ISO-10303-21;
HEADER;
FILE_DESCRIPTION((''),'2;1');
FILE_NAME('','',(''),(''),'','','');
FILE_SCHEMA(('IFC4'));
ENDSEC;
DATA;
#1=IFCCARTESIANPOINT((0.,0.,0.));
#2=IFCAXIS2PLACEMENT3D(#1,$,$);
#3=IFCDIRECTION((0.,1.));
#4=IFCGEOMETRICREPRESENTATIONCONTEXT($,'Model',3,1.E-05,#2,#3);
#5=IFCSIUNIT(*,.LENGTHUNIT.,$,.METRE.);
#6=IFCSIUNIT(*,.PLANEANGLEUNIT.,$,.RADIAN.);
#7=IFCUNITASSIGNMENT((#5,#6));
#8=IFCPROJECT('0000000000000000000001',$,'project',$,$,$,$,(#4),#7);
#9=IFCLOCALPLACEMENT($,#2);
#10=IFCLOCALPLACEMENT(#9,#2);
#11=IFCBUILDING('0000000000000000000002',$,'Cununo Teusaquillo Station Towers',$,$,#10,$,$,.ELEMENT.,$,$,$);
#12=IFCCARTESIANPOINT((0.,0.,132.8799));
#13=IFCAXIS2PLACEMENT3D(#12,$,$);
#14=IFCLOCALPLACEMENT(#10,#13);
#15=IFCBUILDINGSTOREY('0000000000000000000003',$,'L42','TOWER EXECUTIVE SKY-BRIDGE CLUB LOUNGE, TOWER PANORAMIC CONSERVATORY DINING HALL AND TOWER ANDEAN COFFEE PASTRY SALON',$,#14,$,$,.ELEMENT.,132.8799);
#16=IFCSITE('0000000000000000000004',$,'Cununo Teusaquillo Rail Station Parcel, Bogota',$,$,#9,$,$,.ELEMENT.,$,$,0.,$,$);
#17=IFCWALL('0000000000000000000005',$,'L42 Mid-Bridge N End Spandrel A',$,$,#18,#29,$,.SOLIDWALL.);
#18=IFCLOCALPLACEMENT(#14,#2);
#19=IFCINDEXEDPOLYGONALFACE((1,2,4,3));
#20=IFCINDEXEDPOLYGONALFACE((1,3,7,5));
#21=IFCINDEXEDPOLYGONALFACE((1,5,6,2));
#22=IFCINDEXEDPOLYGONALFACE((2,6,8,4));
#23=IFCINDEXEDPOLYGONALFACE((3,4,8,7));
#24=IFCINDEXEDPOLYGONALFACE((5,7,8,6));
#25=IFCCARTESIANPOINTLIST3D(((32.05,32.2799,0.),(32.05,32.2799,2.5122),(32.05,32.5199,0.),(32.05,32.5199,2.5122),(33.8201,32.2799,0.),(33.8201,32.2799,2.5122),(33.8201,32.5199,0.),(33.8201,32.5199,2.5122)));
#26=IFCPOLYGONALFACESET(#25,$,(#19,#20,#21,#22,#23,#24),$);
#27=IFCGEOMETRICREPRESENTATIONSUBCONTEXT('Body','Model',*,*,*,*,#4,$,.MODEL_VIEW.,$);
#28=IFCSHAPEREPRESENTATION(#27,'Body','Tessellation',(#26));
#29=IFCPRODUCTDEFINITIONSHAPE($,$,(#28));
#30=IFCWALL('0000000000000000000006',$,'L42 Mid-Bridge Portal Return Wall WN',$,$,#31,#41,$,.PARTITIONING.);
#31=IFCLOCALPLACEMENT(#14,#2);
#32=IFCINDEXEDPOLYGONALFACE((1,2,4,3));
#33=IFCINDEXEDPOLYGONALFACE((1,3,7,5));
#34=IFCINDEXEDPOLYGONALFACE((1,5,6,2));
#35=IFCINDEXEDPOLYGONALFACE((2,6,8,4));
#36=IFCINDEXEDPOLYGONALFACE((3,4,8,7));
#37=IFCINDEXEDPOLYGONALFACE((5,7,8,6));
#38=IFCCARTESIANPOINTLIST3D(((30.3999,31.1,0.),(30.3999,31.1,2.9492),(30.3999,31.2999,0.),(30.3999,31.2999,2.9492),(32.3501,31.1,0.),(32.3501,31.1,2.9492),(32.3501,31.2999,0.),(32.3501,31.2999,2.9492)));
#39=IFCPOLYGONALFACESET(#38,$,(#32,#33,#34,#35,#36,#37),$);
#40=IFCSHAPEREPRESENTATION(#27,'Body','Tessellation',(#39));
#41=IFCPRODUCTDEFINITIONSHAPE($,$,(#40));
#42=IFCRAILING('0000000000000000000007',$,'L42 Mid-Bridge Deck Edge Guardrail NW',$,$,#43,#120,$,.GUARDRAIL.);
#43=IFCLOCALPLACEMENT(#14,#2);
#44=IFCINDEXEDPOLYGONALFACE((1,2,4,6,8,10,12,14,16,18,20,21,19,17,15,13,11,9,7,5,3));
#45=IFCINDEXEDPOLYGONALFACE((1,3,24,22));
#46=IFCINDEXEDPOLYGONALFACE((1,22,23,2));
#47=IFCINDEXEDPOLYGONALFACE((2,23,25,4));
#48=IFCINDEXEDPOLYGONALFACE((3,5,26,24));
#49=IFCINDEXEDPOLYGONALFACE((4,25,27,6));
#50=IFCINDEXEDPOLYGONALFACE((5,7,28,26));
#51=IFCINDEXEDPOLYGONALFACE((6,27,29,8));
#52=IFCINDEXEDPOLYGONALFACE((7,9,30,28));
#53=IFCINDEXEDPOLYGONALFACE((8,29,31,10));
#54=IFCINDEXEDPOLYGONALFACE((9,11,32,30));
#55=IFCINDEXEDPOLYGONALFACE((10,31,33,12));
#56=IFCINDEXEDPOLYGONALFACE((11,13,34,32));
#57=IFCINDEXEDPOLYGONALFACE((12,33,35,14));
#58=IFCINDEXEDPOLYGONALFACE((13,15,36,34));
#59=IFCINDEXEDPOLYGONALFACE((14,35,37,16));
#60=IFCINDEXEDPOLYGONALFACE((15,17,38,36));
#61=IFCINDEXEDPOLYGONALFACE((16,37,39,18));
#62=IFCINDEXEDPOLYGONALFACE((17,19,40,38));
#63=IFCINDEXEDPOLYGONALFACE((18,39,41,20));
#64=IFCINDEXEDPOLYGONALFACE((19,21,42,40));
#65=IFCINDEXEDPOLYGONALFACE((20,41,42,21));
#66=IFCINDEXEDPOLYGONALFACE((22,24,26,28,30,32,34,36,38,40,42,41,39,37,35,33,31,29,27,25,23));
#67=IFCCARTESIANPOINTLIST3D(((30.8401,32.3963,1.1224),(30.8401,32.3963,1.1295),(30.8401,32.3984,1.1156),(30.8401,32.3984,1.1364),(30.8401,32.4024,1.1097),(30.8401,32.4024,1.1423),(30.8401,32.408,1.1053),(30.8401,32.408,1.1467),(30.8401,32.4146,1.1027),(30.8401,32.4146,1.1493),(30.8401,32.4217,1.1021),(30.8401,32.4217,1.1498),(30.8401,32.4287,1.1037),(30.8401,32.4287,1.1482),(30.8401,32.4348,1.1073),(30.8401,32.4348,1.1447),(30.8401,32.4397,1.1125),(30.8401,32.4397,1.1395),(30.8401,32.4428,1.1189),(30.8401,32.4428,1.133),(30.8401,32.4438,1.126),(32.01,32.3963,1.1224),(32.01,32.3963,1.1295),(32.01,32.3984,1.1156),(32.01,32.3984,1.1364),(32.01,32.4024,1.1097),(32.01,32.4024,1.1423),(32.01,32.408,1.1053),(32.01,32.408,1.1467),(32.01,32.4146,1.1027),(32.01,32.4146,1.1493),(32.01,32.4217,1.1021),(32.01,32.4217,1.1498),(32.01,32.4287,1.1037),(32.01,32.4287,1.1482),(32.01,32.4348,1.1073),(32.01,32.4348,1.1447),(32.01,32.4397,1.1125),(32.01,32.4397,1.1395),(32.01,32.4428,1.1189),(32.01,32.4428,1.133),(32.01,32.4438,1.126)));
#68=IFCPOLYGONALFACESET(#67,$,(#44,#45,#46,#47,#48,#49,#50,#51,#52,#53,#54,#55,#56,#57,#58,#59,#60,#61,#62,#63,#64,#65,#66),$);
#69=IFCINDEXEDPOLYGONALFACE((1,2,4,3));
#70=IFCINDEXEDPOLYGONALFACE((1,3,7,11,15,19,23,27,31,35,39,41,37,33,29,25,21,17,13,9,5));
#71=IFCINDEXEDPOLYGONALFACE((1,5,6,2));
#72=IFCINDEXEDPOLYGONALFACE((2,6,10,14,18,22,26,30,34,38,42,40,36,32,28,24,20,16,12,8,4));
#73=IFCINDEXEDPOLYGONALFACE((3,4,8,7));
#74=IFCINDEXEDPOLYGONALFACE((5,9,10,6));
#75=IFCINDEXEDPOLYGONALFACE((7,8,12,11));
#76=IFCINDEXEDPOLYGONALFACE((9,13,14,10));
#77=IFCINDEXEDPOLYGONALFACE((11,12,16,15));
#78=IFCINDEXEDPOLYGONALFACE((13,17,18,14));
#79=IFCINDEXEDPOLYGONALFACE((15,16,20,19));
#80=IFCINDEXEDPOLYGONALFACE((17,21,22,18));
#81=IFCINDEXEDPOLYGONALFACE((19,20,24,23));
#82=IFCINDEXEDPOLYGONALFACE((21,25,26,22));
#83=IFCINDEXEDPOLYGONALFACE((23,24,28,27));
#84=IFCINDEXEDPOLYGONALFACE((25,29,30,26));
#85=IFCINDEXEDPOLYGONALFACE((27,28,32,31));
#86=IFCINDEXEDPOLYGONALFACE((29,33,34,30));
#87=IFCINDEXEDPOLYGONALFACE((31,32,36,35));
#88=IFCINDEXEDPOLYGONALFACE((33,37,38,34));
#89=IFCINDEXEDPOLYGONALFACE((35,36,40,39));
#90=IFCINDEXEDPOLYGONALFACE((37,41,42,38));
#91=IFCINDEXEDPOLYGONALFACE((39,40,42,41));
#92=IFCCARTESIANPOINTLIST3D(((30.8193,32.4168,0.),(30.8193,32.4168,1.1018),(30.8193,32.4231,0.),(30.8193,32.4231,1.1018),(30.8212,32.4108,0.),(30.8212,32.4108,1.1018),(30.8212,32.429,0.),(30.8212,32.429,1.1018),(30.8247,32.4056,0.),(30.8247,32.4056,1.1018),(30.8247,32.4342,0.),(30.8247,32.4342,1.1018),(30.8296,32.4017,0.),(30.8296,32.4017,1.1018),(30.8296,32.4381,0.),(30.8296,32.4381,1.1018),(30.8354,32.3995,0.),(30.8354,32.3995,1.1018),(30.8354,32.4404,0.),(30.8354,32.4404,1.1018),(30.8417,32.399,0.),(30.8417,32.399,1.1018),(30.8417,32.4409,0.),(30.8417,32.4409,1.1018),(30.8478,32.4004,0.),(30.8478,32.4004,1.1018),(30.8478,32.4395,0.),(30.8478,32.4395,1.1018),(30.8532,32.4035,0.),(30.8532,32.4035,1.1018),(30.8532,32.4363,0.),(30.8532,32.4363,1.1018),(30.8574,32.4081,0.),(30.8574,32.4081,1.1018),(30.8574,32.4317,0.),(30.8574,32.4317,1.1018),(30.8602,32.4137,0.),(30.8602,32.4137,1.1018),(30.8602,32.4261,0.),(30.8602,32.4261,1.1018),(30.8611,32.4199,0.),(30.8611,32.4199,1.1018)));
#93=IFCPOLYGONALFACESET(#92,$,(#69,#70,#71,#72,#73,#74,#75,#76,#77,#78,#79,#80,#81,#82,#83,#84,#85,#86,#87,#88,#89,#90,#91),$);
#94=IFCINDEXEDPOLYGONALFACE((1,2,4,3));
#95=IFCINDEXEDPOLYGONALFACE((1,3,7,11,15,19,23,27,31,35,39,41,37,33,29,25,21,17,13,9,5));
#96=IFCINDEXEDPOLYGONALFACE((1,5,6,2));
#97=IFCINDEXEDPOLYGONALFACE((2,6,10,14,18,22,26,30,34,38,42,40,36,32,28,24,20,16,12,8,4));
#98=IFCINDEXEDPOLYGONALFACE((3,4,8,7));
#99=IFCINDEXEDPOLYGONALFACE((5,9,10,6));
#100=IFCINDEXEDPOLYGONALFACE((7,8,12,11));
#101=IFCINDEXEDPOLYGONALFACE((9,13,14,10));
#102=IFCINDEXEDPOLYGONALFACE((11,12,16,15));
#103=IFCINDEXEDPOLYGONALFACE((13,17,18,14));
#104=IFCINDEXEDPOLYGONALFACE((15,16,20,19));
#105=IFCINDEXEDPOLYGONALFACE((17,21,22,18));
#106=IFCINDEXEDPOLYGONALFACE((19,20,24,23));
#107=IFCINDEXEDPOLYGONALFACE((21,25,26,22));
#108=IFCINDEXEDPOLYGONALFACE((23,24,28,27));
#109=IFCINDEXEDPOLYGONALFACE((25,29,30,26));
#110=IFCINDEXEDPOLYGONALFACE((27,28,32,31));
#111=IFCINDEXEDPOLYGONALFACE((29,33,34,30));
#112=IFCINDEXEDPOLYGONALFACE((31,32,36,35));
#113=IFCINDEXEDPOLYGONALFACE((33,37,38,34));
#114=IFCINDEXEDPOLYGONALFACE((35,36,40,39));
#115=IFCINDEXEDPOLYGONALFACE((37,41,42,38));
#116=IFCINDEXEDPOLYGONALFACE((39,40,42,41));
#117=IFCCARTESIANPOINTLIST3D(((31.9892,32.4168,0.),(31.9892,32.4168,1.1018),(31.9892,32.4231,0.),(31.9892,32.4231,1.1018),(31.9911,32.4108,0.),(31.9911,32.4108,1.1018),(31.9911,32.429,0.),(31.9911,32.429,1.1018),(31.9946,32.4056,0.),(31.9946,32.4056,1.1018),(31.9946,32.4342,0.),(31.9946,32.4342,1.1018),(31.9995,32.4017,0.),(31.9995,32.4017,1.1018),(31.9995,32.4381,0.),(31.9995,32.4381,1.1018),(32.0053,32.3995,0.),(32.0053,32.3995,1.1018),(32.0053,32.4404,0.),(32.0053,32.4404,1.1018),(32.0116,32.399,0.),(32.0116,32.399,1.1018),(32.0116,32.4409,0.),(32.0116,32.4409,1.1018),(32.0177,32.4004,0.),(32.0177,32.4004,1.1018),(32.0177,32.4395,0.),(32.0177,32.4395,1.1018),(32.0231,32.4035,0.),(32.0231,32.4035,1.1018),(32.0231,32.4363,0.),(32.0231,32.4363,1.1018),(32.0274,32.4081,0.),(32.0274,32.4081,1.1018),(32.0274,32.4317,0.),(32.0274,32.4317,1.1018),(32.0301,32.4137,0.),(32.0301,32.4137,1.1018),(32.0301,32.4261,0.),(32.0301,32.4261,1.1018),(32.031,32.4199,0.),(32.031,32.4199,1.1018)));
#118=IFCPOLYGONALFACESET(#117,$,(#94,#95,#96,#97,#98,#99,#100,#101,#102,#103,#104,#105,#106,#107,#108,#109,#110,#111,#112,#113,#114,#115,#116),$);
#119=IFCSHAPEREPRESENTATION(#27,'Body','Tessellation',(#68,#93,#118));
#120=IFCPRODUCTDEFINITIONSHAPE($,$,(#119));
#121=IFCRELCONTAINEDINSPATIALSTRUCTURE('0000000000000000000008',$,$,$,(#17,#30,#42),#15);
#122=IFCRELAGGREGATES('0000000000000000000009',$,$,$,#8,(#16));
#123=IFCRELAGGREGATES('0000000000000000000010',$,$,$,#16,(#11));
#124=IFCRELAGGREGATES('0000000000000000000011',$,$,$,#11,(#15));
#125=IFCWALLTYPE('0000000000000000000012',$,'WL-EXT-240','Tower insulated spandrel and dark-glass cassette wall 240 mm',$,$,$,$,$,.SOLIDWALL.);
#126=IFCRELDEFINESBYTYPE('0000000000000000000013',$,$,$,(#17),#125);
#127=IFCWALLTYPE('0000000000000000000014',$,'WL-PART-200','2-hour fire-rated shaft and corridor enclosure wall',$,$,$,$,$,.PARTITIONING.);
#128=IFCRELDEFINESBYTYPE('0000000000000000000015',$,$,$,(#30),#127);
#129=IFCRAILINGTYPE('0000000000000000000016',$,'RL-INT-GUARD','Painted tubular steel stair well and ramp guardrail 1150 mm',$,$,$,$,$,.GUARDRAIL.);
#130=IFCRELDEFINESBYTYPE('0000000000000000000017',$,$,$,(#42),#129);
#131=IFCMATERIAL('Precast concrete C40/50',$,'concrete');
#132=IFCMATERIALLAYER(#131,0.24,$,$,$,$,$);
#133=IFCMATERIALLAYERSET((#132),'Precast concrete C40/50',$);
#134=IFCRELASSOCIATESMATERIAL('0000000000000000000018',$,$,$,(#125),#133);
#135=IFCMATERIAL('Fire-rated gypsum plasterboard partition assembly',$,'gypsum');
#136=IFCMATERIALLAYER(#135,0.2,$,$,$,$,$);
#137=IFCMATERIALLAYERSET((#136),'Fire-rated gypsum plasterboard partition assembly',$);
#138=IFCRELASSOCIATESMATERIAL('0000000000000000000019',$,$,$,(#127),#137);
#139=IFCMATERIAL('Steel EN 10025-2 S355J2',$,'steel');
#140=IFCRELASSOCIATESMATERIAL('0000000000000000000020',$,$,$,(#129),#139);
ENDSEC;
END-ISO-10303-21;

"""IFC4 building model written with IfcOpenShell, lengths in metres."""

from ifc_helpers import new_model, si_unit, direction, frame, frame_2d, origin, origin_2d, place, context, subcontext, project, spatial, rectangle, circle, extrude, material, layer, layer_set, type_object, element, save


model = new_model("IFC4")

# Units and contexts
model_context = context("Model", 3, precision=1e-05, world=origin(), true_north=direction((0.0, 1.0)))
body_context = subcontext(model_context, "Body", "Model", "MODEL_VIEW")
ifc_project = project(units=[si_unit("LENGTHUNIT", "METRE"), si_unit("PLANEANGLEUNIT", "RADIAN")], contexts=[model_context])

# Site, building, storey
site_placement = place(None, origin())
site = spatial("IfcSite", under=ifc_project, at=site_placement, Name="Cununo Teusaquillo Rail Station Parcel, Bogota", CompositionType="ELEMENT", RefElevation=0.0)
building_placement = place(site_placement, origin())
building = spatial("IfcBuilding", under=site, at=building_placement, Name="Cununo Teusaquillo Station Towers", CompositionType="ELEMENT")
storey_placement = place(building_placement, frame((0.0, 0.0, 132.8799)))
storey = spatial("IfcBuildingStorey", under=building, at=storey_placement, Name="L42", Description="TOWER EXECUTIVE SKY-BRIDGE CLUB LOUNGE, TOWER PANORAMIC CONSERVATORY DINING HALL AND TOWER ANDEAN COFFEE PASTRY SALON", CompositionType="ELEMENT", Elevation=132.8799)

# Walls
ifc_material_1 = material(Name="Precast concrete C40/50", Category="concrete")
ifc_layer_1 = layer(ifc_material_1, 0.24)
ifc_layer_set_1 = layer_set([ifc_layer_1], Name="Precast concrete C40/50")
wall_type_1 = type_object("IfcWallType", Name="WL-EXT-240", Description="Tower insulated spandrel and dark-glass cassette wall 240 mm", PredefinedType="SOLIDWALL", material=ifc_layer_set_1)
wall_1_placement = place(storey_placement, frame((32.05, 32.3999, 0.0), z_axis=(0.0, 0.0, 1.0), x_axis=(1.0, 0.0, 0.0)))
element("IfcWall", 1, at=wall_1_placement, inside=storey, type_object=wall_type_1, Name="L42 Mid-Bridge N End Spandrel A", PredefinedType="SOLIDWALL", context=body_context, shape_type="SweptSolid", body=[
    extrude(rectangle(XDim=1.77, YDim=0.24, at=frame_2d((0.885, 0.0))), origin(), (0.0, 0.0, 1.0), 2.5122),
])
ifc_material_2 = material(Name="Fire-rated gypsum plasterboard partition assembly", Category="gypsum")
ifc_layer_2 = layer(ifc_material_2, 0.2)
ifc_layer_set_2 = layer_set([ifc_layer_2], Name="Fire-rated gypsum plasterboard partition assembly")
wall_type_2 = type_object("IfcWallType", Name="WL-PART-200", Description="2-hour fire-rated shaft and corridor enclosure wall", PredefinedType="PARTITIONING", material=ifc_layer_set_2)
wall_2_placement = place(storey_placement, frame((30.3999, 31.2, 0.0), z_axis=(0.0, 0.0, 1.0), x_axis=(1.0, 0.0, 0.0)))
element("IfcWall", 2, at=wall_2_placement, inside=storey, type_object=wall_type_2, Name="L42 Mid-Bridge Portal Return Wall WN", PredefinedType="PARTITIONING", context=body_context, shape_type="SweptSolid", body=[
    extrude(rectangle(XDim=1.9502, YDim=0.2, at=frame_2d((0.9751, 0.0))), origin(), (0.0, 0.0, 1.0), 2.9492),
])

# Railing
ifc_material_3 = material(Name="Steel EN 10025-2 S355J2", Category="steel")
railing_type = type_object("IfcRailingType", Name="RL-INT-GUARD", Description="Painted tubular steel stair well and ramp guardrail 1150 mm", PredefinedType="GUARDRAIL", material=ifc_material_3)
railing_placement = place(storey_placement, frame((30.8401, 32.4199, 0.0)))
element("IfcRailing", 3, at=railing_placement, inside=storey, type_object=railing_type, Name="L42 Mid-Bridge Deck Edge Guardrail NW", PredefinedType="GUARDRAIL", context=body_context, shape_type="SweptSolid", body=[
    extrude(circle(Radius=0.0239, at=origin_2d()), frame((0.0, 0.0, 1.126), z_axis=(1.0, 0.0, 0.0), x_axis=(0.0, 1.0, 0.0)), (0.0, 0.0, 1.0), 1.1699),
    extrude(circle(Radius=0.021, at=origin_2d()), origin(), (0.0, 0.0, 1.0), 1.1018),
    extrude(circle(Radius=0.021, at=origin_2d()), frame((1.1699, 0.0, 0.0)), (0.0, 0.0, 1.0), 1.1018),
])

save(model, "model.ifc")
